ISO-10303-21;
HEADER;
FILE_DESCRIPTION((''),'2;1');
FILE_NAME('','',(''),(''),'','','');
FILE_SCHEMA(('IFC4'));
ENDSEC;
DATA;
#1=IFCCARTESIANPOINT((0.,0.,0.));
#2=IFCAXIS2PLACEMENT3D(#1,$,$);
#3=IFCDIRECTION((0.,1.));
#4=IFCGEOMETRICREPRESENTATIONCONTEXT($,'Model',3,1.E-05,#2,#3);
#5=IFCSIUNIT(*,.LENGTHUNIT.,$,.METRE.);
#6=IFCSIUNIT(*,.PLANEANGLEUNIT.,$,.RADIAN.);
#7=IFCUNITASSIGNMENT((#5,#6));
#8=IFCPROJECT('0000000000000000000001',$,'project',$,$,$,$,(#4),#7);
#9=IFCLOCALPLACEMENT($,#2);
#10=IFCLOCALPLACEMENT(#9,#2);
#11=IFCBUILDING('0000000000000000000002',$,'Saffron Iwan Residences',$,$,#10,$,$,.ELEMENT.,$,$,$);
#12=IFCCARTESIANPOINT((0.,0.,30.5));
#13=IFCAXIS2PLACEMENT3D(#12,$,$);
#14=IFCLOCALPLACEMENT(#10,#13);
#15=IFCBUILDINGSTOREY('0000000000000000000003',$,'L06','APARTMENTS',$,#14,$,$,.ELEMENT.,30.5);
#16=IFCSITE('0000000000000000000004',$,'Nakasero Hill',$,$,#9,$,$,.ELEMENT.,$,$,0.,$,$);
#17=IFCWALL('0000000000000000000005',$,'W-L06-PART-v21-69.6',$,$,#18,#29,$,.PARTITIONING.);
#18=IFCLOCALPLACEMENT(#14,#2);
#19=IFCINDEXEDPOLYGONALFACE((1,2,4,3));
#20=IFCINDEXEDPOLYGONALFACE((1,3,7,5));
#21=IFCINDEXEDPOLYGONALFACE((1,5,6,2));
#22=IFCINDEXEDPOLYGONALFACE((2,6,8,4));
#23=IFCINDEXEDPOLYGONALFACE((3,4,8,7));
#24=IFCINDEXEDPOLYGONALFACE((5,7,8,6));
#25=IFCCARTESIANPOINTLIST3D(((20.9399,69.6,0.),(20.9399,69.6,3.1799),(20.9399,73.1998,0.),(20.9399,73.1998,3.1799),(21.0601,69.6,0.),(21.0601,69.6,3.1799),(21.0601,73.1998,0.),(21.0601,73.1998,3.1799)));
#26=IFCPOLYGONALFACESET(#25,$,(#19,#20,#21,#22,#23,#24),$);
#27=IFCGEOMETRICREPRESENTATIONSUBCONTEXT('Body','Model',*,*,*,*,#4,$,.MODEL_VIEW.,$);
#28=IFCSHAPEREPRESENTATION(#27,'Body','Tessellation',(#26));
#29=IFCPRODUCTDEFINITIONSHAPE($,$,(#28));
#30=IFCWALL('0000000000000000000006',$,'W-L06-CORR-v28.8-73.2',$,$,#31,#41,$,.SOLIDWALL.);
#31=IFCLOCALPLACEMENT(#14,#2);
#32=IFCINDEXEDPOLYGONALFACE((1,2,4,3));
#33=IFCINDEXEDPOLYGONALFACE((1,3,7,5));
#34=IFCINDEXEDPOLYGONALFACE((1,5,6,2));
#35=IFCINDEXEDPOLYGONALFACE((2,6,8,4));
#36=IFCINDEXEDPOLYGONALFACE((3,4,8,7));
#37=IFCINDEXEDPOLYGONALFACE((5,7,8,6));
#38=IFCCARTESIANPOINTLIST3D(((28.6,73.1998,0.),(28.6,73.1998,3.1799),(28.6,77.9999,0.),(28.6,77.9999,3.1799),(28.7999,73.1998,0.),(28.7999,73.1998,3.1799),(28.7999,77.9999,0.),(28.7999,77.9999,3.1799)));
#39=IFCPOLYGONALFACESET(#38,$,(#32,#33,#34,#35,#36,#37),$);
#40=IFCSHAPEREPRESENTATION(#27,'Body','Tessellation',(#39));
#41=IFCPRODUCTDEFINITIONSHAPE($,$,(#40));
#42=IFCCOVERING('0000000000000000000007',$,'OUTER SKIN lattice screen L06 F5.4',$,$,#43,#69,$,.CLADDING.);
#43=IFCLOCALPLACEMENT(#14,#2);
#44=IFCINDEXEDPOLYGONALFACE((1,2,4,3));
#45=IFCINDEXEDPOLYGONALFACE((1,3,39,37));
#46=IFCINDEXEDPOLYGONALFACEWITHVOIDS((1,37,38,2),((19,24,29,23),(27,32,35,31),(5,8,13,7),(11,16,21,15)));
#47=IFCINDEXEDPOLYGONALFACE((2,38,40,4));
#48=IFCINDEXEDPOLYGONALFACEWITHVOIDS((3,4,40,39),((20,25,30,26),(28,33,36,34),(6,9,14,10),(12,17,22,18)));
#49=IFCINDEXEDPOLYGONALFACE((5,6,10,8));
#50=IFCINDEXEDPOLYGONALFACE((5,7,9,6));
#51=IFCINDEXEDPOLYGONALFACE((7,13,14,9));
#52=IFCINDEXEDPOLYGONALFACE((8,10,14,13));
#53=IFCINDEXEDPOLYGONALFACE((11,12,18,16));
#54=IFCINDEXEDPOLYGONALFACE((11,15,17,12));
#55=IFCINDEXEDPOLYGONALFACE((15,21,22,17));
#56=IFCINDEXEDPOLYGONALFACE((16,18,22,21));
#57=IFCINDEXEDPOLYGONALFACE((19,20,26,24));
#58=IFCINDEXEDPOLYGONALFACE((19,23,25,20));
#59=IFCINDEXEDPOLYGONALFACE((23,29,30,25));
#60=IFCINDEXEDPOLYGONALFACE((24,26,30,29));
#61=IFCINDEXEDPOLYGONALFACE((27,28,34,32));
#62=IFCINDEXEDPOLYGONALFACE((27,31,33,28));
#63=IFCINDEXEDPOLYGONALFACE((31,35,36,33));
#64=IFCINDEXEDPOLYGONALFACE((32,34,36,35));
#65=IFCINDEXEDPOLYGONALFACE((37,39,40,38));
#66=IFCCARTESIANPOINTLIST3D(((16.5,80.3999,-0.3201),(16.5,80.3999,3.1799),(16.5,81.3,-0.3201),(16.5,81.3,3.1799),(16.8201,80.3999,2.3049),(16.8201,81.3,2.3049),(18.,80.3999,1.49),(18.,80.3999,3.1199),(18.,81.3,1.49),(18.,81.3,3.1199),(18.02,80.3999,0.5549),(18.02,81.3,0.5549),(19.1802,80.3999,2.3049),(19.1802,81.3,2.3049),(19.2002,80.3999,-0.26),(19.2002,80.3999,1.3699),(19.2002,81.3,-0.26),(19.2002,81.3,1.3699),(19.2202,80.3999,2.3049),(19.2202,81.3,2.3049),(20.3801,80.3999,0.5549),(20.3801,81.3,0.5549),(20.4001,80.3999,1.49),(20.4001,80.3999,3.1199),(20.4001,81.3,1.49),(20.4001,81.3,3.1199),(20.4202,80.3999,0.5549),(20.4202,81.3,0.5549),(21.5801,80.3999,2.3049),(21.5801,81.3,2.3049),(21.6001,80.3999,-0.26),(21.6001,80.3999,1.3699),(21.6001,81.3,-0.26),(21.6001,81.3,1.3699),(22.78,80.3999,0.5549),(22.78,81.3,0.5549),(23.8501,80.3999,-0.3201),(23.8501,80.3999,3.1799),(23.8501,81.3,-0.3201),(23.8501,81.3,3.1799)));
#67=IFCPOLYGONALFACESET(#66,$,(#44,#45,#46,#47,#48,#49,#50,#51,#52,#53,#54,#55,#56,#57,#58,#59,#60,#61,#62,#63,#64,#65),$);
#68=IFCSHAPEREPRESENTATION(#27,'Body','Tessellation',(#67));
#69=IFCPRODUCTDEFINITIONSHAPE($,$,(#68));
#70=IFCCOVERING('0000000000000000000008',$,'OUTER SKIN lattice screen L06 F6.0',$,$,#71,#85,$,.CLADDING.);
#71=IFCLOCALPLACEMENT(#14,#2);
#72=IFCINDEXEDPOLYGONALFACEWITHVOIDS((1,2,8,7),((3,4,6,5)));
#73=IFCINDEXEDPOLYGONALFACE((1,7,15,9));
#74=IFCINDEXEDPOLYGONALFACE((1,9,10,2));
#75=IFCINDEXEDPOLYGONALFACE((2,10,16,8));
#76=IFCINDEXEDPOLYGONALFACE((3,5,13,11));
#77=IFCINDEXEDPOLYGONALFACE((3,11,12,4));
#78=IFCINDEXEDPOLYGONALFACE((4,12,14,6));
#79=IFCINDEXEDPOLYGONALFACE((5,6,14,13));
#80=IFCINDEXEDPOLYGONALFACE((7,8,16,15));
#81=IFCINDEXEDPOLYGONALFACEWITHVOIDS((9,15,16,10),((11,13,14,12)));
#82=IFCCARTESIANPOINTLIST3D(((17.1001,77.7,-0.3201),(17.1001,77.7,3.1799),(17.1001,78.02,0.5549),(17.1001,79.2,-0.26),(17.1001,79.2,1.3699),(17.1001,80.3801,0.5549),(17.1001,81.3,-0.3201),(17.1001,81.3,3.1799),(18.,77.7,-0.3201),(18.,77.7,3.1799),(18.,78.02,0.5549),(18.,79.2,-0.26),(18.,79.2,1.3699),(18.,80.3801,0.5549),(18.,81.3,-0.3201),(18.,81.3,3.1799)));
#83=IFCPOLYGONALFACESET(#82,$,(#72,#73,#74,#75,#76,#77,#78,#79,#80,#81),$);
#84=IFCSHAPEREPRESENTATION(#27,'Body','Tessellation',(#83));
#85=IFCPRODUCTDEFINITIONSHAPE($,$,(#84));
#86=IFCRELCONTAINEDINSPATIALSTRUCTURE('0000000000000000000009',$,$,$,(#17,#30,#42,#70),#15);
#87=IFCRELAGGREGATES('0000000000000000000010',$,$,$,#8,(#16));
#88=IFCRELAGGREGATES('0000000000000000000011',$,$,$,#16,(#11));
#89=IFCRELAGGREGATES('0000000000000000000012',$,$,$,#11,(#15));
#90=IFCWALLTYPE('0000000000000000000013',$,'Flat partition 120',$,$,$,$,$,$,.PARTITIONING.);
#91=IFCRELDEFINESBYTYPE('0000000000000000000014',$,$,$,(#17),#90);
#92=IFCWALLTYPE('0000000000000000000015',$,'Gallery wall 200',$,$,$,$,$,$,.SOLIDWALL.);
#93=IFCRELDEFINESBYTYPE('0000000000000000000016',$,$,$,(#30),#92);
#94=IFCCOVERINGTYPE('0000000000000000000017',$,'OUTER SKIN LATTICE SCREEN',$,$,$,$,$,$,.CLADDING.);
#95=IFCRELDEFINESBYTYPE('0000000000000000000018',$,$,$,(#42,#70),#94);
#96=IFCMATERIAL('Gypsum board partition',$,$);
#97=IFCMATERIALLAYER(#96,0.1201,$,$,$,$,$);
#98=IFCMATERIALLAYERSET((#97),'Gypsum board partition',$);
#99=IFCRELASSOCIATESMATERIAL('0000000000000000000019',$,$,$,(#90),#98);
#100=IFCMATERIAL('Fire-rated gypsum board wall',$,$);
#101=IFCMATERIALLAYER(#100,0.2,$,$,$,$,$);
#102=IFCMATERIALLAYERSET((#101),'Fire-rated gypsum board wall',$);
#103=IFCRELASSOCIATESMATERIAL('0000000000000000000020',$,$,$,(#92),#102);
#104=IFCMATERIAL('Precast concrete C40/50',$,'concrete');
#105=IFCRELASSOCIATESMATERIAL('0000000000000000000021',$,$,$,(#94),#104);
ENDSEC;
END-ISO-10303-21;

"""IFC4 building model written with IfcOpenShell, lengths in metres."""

from ifc_helpers import new_model, si_unit, direction, frame, frame_2d, origin, place, context, subcontext, project, spatial, polyline, rectangle, outline, extrude, material, layer, layer_set, type_object, element, save


model = new_model("IFC4")

# Units and contexts
model_context = context("Model", 3, precision=1e-05, world=origin(), true_north=direction((0.0, 1.0)))
body_context = subcontext(model_context, "Body", "Model", "MODEL_VIEW")
ifc_project = project(units=[si_unit("LENGTHUNIT", "METRE"), si_unit("PLANEANGLEUNIT", "RADIAN")], contexts=[model_context])

# Site, building, storey
site_placement = place(None, origin())
site = spatial("IfcSite", under=ifc_project, at=site_placement, Name="Nakasero Hill", CompositionType="ELEMENT", RefElevation=0.0)
building_placement = place(site_placement, origin())
building = spatial("IfcBuilding", under=site, at=building_placement, Name="Saffron Iwan Residences", CompositionType="ELEMENT")
storey_placement = place(building_placement, frame((0.0, 0.0, 30.5)))
storey = spatial("IfcBuildingStorey", under=building, at=storey_placement, Name="L06", Description="APARTMENTS", CompositionType="ELEMENT", Elevation=30.5)

# Walls
ifc_material_1 = material(Name="Gypsum board partition")
ifc_layer_1 = layer(ifc_material_1, 0.1201)
ifc_layer_set_1 = layer_set([ifc_layer_1], Name="Gypsum board partition")
wall_type_1 = type_object("IfcWallType", Name="Flat partition 120", PredefinedType="PARTITIONING", material=ifc_layer_set_1)
wall_1_placement = place(storey_placement, frame((21.0, 69.6001, 0.0), z_axis=(0.0, 0.0, 1.0), x_axis=(0.0, 1.0, 0.0)))
element("IfcWall", 1, at=wall_1_placement, inside=storey, type_object=wall_type_1, Name="W-L06-PART-v21-69.6", PredefinedType="PARTITIONING", context=body_context, shape_type="SweptSolid", body=[
    extrude(rectangle(XDim=3.5999, YDim=0.1201, at=frame_2d((1.7998, 0.0))), origin(), (0.0, 0.0, 1.0), 3.1799),
])
ifc_material_2 = material(Name="Fire-rated gypsum board wall")
ifc_layer_2 = layer(ifc_material_2, 0.2)
ifc_layer_set_2 = layer_set([ifc_layer_2], Name="Fire-rated gypsum board wall")
wall_type_2 = type_object("IfcWallType", Name="Gallery wall 200", PredefinedType="SOLIDWALL", material=ifc_layer_set_2)
wall_2_placement = place(storey_placement, frame((28.7, 73.2, 0.0), z_axis=(0.0, 0.0, 1.0), x_axis=(0.0, 1.0, 0.0)))
element("IfcWall", 2, at=wall_2_placement, inside=storey, type_object=wall_type_2, Name="W-L06-CORR-v28.8-73.2", PredefinedType="SOLIDWALL", context=body_context, shape_type="SweptSolid", body=[
    extrude(rectangle(XDim=4.8, YDim=0.2, at=frame_2d((2.3999, 0.0))), origin(), (0.0, 0.0, 1.0), 3.1799),
])

# Coverings
ifc_material_3 = material(Name="Precast concrete C40/50", Category="concrete")
covering_type = type_object("IfcCoveringType", Name="OUTER SKIN LATTICE SCREEN", PredefinedType="CLADDING", material=ifc_material_3)
covering_1_placement = place(storey_placement, frame((23.8501, 80.3999, -0.3201), z_axis=(0.0, 1.0, 0.0), x_axis=(-1.0, 0.0, 0.0)))
element("IfcCovering", 3, at=covering_1_placement, inside=storey, type_object=covering_type, Name="OUTER SKIN lattice screen L06 F5.4", PredefinedType="CLADDING", context=body_context, shape_type="SweptSolid", body=[
    extrude(outline(polyline([(0.0, 0.0), (7.3501, 0.0), (7.3501, 3.5), (0.0, 3.5), (0.0, 0.0)]), holes=[polyline([(1.0701, 0.875), (2.25, 0.0601), (3.4299, 0.875), (2.25, 1.6899), (1.0701, 0.875)]), polyline([(3.47, 0.875), (4.6499, 0.0601), (5.8301, 0.875), (4.6499, 1.6899), (3.47, 0.875)]), polyline([(2.27, 2.625), (3.45, 1.8101), (4.6299, 2.625), (3.45, 3.4399), (2.27, 2.625)]), polyline([(4.6699, 2.625), (5.8501, 1.8101), (7.03, 2.625), (5.8501, 3.4399), (4.6699, 2.625)])]), origin(), (0.0, 0.0, 1.0), 0.9001),
])
covering_2_placement = place(storey_placement, frame((18.0, 81.3, -0.3201), z_axis=(-1.0, 0.0, 0.0), x_axis=(0.0, -1.0, 0.0)))
element("IfcCovering", 4, at=covering_2_placement, inside=storey, type_object=covering_type, Name="OUTER SKIN lattice screen L06 F6.0", PredefinedType="CLADDING", context=body_context, shape_type="SweptSolid", body=[
    extrude(outline(polyline([(0.0, 0.0), (3.6001, 0.0), (3.6001, 3.5), (0.0, 3.5), (0.0, 0.0)]), holes=[polyline([(0.9199, 0.875), (2.1001, 0.0601), (3.28, 0.875), (2.1001, 1.6899), (0.9199, 0.875)])]), origin(), (0.0, 0.0, 1.0), 0.8999),
])

save(model, "model.ifc")
